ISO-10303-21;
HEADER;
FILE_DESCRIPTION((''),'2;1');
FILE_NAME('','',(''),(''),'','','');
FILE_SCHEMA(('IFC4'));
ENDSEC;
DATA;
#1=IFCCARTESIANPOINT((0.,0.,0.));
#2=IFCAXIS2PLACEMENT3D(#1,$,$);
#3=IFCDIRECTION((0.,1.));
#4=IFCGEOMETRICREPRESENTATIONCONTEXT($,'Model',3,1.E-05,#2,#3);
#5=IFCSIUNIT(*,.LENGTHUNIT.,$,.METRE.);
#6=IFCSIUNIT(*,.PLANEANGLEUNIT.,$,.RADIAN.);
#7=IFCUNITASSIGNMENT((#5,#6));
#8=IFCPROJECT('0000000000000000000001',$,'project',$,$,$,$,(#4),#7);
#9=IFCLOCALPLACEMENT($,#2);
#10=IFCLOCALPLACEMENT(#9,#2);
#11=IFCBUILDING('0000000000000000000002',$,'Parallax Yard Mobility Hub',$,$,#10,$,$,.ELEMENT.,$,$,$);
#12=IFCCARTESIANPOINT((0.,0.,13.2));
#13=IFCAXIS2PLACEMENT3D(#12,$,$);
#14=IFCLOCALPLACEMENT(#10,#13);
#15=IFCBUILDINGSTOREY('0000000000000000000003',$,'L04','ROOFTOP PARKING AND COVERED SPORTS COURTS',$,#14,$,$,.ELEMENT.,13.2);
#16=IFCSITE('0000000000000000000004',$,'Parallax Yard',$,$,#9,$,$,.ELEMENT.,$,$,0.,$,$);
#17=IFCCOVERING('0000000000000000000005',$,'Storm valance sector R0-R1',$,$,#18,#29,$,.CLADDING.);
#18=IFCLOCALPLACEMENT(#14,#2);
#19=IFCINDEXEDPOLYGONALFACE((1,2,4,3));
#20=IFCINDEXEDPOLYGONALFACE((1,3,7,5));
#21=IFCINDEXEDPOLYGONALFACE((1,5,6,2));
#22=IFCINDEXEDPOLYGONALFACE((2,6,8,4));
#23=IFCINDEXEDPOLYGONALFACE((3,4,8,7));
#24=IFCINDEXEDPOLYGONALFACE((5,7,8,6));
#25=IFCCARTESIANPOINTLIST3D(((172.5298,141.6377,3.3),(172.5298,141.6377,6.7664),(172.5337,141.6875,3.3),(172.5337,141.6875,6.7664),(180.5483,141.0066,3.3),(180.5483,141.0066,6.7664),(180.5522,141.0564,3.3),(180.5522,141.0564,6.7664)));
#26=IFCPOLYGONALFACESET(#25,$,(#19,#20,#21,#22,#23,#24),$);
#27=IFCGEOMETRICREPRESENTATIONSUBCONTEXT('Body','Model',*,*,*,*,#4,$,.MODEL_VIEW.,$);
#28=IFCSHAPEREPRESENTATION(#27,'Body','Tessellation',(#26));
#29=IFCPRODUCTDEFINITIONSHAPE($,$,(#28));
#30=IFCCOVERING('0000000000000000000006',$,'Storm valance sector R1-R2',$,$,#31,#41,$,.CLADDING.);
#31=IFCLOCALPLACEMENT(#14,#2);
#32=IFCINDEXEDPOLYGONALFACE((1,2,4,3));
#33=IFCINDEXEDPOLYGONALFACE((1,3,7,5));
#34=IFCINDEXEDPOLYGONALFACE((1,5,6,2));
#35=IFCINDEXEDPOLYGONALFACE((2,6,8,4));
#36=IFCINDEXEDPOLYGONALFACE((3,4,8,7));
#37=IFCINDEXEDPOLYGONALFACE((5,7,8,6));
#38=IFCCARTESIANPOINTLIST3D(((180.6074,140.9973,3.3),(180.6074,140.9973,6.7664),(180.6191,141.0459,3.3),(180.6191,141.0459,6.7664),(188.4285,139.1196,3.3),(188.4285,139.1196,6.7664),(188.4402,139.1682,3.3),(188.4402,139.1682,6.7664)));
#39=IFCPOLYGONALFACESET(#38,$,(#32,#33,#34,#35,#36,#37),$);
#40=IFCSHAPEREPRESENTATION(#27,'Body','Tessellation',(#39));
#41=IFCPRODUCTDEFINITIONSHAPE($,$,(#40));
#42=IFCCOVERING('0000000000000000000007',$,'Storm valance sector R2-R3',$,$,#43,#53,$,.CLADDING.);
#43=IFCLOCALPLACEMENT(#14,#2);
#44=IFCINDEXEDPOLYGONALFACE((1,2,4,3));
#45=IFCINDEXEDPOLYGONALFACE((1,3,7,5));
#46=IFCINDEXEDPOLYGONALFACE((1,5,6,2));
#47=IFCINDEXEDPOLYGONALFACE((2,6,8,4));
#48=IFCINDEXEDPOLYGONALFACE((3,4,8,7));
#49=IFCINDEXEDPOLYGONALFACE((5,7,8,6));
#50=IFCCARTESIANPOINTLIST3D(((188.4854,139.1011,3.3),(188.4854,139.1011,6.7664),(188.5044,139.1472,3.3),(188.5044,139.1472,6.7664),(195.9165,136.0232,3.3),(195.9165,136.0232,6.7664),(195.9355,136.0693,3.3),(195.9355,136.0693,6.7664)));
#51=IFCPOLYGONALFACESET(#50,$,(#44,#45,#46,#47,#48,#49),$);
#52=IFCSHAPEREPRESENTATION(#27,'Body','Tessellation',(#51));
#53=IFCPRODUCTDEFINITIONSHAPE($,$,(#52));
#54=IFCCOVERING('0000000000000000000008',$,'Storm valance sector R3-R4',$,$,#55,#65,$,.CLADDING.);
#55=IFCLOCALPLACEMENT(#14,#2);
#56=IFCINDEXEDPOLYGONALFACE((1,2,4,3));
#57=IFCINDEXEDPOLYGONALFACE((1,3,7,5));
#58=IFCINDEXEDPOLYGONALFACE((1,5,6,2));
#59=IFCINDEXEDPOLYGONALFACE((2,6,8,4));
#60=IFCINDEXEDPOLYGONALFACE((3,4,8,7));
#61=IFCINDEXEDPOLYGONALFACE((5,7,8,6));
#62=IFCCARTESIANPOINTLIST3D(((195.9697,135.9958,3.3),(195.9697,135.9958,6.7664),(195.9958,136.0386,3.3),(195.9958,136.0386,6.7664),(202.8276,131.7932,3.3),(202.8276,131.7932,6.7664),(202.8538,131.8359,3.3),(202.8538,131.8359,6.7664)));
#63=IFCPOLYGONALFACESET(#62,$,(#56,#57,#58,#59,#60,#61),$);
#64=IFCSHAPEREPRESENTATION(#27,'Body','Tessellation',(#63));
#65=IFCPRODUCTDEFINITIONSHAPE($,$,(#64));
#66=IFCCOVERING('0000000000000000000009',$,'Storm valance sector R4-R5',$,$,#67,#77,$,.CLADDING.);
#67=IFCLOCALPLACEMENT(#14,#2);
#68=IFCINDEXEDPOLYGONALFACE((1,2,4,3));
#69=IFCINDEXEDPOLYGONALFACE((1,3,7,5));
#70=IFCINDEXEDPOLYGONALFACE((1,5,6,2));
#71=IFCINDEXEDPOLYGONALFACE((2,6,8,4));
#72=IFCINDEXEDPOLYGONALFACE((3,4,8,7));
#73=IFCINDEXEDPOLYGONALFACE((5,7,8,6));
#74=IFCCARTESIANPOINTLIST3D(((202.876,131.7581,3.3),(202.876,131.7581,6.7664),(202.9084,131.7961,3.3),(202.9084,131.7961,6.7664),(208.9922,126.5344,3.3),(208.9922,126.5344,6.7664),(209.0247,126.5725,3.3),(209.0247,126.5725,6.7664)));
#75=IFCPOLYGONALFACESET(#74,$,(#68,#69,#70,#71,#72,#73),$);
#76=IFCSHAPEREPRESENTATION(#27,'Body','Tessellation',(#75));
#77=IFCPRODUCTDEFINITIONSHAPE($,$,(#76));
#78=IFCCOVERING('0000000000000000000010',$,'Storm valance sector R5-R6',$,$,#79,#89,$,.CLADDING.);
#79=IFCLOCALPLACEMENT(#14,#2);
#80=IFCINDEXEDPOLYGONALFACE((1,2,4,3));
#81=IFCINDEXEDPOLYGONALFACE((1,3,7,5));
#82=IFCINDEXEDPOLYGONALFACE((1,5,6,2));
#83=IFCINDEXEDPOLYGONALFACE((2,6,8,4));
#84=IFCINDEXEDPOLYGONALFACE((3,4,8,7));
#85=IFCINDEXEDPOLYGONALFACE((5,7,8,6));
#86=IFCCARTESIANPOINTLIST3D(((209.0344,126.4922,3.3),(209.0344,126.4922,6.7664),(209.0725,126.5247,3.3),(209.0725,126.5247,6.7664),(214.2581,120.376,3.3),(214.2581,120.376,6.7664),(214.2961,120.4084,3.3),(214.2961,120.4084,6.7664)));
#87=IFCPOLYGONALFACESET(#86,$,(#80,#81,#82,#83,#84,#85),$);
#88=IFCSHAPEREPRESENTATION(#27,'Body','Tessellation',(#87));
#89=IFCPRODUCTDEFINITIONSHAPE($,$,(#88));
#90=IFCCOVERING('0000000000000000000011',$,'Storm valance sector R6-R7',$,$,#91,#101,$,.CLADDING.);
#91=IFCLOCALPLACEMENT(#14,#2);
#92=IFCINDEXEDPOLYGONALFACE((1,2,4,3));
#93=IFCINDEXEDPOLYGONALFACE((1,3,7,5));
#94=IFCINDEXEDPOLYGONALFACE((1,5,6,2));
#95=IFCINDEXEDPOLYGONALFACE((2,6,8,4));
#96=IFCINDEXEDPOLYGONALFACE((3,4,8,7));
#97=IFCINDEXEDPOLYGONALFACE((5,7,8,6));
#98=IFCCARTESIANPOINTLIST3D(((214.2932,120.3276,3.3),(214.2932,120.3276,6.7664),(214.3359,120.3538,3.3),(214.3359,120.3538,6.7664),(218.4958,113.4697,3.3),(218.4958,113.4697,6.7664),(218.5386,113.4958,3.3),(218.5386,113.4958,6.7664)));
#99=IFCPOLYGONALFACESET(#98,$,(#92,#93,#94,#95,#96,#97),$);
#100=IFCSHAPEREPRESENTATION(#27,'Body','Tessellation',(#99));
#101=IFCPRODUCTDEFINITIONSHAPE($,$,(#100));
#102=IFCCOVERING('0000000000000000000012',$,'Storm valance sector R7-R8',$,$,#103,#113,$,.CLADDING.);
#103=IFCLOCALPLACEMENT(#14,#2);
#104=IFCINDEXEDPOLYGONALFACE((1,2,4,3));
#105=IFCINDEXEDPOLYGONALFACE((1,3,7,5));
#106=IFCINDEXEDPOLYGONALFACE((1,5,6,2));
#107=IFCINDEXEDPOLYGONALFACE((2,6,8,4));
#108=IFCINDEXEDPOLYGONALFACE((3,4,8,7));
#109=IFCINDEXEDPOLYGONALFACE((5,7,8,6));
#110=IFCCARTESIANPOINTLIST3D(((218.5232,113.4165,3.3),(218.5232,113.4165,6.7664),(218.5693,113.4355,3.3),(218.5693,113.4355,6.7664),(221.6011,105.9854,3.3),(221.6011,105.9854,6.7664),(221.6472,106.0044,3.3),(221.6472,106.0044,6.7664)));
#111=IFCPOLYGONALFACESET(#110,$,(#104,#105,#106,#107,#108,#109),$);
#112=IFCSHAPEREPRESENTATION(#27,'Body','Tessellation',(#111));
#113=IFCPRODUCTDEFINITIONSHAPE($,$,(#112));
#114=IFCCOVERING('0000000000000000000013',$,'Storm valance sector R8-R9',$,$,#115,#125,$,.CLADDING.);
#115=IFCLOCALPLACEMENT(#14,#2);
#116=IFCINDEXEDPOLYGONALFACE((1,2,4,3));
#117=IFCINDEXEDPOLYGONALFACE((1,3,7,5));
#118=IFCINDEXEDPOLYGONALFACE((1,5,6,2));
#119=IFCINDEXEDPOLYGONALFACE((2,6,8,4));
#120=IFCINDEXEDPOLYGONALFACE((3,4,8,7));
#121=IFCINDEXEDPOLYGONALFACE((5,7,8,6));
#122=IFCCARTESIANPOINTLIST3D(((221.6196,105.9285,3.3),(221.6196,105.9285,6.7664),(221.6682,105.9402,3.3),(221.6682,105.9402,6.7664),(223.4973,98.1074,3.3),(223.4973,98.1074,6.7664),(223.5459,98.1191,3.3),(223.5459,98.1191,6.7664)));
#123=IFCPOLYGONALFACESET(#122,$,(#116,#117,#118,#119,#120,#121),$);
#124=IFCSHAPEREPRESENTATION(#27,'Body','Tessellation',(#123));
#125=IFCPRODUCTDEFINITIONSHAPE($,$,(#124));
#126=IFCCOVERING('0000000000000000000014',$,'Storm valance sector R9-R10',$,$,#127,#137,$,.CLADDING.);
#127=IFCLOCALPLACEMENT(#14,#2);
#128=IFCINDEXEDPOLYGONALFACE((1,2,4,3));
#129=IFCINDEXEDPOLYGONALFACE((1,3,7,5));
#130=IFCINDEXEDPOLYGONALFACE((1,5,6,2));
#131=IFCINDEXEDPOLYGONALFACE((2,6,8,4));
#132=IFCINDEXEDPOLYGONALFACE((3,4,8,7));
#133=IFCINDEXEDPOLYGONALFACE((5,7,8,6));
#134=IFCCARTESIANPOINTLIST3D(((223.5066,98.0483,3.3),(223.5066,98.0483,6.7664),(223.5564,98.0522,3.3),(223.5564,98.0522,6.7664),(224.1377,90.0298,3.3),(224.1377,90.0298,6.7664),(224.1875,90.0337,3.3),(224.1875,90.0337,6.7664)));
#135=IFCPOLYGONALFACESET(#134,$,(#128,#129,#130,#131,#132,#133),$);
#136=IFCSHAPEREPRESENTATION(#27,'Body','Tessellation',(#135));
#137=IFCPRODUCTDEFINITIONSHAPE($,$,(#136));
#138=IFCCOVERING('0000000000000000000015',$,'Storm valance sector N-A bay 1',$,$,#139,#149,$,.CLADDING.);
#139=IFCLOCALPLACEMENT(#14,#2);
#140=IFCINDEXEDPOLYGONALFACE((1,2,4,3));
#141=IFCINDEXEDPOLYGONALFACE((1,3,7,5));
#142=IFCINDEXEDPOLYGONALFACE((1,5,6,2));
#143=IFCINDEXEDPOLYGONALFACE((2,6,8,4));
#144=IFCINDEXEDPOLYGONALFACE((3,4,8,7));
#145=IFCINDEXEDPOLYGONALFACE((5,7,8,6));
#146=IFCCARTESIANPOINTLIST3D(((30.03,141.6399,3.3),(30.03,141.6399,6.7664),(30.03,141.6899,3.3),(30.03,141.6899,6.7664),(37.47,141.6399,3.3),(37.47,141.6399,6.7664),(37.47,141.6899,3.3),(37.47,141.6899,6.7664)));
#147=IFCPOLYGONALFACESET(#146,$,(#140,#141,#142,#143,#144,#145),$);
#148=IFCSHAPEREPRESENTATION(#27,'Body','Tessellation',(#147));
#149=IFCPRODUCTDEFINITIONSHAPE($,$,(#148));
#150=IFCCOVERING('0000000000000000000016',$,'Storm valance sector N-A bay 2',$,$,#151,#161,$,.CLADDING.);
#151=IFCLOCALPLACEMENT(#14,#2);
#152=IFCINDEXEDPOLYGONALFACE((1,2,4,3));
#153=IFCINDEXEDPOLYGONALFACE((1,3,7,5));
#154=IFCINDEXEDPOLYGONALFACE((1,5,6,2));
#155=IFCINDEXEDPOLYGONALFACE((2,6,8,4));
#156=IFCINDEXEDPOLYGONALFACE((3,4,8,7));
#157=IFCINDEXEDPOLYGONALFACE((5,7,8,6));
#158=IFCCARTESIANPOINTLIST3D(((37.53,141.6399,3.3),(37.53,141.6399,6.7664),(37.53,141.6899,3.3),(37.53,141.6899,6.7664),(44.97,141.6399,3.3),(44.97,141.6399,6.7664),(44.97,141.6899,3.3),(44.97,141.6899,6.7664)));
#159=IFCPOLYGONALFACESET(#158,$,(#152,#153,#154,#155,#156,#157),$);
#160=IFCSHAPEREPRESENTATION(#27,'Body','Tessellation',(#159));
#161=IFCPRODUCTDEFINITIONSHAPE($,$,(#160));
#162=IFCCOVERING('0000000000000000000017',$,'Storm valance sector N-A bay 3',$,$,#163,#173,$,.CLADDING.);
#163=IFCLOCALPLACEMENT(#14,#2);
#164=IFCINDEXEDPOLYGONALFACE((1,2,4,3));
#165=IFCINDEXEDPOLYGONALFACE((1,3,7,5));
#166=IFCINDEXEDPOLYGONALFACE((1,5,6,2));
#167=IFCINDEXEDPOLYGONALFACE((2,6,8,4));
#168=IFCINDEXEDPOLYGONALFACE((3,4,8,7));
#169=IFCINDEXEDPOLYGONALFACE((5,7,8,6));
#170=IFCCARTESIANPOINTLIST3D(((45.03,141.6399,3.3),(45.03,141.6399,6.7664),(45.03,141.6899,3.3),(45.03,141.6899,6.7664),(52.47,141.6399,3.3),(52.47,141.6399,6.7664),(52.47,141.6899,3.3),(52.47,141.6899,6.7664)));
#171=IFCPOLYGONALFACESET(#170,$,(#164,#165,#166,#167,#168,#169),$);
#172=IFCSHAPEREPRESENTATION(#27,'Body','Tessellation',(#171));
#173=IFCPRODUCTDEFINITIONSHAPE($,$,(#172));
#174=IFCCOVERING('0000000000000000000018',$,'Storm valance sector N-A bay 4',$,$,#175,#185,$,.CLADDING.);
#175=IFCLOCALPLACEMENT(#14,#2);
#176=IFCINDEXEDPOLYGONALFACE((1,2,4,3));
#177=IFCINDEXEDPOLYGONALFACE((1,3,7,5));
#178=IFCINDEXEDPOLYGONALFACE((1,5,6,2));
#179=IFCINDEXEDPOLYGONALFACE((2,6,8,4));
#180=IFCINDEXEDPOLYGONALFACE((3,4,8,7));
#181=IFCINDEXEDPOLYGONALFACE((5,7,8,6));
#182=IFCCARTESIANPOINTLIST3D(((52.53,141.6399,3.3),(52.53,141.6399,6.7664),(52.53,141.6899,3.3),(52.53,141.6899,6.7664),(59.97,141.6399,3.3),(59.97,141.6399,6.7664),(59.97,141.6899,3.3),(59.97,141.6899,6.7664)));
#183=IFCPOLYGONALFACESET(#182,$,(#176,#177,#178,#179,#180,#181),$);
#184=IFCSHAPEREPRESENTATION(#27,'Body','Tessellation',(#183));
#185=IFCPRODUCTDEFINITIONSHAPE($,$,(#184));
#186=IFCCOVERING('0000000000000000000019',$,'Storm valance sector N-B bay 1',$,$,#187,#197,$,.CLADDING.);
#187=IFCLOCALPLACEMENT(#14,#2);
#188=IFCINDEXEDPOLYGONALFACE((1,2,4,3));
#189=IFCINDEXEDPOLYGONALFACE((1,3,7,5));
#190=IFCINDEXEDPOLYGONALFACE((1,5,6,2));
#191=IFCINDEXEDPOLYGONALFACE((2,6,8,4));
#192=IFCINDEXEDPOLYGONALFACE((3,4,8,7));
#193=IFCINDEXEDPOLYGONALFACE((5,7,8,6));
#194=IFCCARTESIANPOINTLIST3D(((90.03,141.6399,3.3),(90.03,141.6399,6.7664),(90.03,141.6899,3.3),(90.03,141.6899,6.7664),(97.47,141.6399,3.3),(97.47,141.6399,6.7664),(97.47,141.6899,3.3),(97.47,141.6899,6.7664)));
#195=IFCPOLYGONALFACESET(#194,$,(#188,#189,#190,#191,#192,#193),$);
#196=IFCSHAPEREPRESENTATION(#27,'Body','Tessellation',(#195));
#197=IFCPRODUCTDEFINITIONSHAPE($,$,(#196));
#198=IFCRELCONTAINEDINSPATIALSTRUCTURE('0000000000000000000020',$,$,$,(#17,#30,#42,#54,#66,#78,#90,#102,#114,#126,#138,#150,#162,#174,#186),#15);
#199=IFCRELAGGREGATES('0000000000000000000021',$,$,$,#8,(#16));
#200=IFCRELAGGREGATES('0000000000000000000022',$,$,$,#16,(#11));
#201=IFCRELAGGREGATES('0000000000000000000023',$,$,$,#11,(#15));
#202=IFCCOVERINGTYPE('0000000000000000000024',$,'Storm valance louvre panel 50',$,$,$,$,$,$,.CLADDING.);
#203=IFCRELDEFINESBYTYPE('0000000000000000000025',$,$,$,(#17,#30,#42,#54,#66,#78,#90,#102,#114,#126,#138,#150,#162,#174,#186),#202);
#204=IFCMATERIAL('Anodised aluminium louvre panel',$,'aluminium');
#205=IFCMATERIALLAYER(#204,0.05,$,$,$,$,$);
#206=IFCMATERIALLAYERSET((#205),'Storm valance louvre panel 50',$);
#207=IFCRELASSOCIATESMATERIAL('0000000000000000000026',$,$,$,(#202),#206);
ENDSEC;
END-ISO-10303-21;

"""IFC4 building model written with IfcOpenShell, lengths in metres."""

from ifc_helpers import new_model, si_unit, direction, frame, origin, place, context, subcontext, project, spatial, polyline, outline, extrude, material, layer, layer_set, type_object, element, save


model = new_model("IFC4")

# Units and contexts
model_context = context("Model", 3, precision=1e-05, world=origin(), true_north=direction((0.0, 1.0)))
body_context = subcontext(model_context, "Body", "Model", "MODEL_VIEW")
ifc_project = project(units=[si_unit("LENGTHUNIT", "METRE"), si_unit("PLANEANGLEUNIT", "RADIAN")], contexts=[model_context])

# Site, building, storey
site_placement = place(None, origin())
site = spatial("IfcSite", under=ifc_project, at=site_placement, Name="Parallax Yard", CompositionType="ELEMENT", RefElevation=0.0)
building_placement = place(site_placement, origin())
building = spatial("IfcBuilding", under=site, at=building_placement, Name="Parallax Yard Mobility Hub", CompositionType="ELEMENT")
storey_placement = place(building_placement, frame((0.0, 0.0, 13.2)))
storey = spatial("IfcBuildingStorey", under=building, at=storey_placement, Name="L04", Description="ROOFTOP PARKING AND COVERED SPORTS COURTS", CompositionType="ELEMENT", Elevation=13.2)

# Coverings
ifc_material_1 = material(Name="Anodised aluminium louvre panel", Category="aluminium")
ifc_layer_1 = layer(ifc_material_1, 0.05)
ifc_layer_set_1 = layer_set([ifc_layer_1], Name="Storm valance louvre panel 50")
covering_type = type_object("IfcCoveringType", Name="Storm valance louvre panel 50", PredefinedType="CLADDING", material=ifc_layer_set_1)
covering_1_placement = place(storey_placement, frame((0.0, 0.0, 3.3)))
element("IfcCovering", 1, at=covering_1_placement, inside=storey, type_object=covering_type, Name="Storm valance sector R0-R1", PredefinedType="CLADDING", context=body_context, shape_type="SweptSolid", body=[
    extrude(outline(polyline([(172.5298, 141.6377), (180.5483, 141.0066), (180.5522, 141.0564), (172.5337, 141.6875), (172.5298, 141.6377)])), origin(), (0.0, 0.0, 1.0), 3.4663),
])
covering_2_placement = place(storey_placement, frame((0.0, 0.0, 3.3)))
element("IfcCovering", 2, at=covering_2_placement, inside=storey, type_object=covering_type, Name="Storm valance sector R1-R2", PredefinedType="CLADDING", context=body_context, shape_type="SweptSolid", body=[
    extrude(outline(polyline([(180.6074, 140.9973), (188.4285, 139.1196), (188.4402, 139.1682), (180.6191, 141.0459), (180.6074, 140.9973)])), origin(), (0.0, 0.0, 1.0), 3.4663),
])
covering_3_placement = place(storey_placement, frame((0.0, 0.0, 3.3)))
element("IfcCovering", 3, at=covering_3_placement, inside=storey, type_object=covering_type, Name="Storm valance sector R2-R3", PredefinedType="CLADDING", context=body_context, shape_type="SweptSolid", body=[
    extrude(outline(polyline([(188.4854, 139.1011), (195.9165, 136.0232), (195.9355, 136.0693), (188.5044, 139.1472), (188.4854, 139.1011)])), origin(), (0.0, 0.0, 1.0), 3.4663),
])
covering_4_placement = place(storey_placement, frame((0.0, 0.0, 3.3)))
element("IfcCovering", 4, at=covering_4_placement, inside=storey, type_object=covering_type, Name="Storm valance sector R3-R4", PredefinedType="CLADDING", context=body_context, shape_type="SweptSolid", body=[
    extrude(outline(polyline([(195.9697, 135.9958), (202.8276, 131.7932), (202.8538, 131.8359), (195.9958, 136.0386), (195.9697, 135.9958)])), origin(), (0.0, 0.0, 1.0), 3.4663),
])
covering_5_placement = place(storey_placement, frame((0.0, 0.0, 3.3)))
element("IfcCovering", 5, at=covering_5_placement, inside=storey, type_object=covering_type, Name="Storm valance sector R4-R5", PredefinedType="CLADDING", context=body_context, shape_type="SweptSolid", body=[
    extrude(outline(polyline([(202.876, 131.7581), (208.9922, 126.5344), (209.0247, 126.5725), (202.9084, 131.7961), (202.876, 131.7581)])), origin(), (0.0, 0.0, 1.0), 3.4663),
])
covering_6_placement = place(storey_placement, frame((0.0, 0.0, 3.3)))
element("IfcCovering", 6, at=covering_6_placement, inside=storey, type_object=covering_type, Name="Storm valance sector R5-R6", PredefinedType="CLADDING", context=body_context, shape_type="SweptSolid", body=[
    extrude(outline(polyline([(209.0344, 126.4922), (214.2581, 120.376), (214.2961, 120.4084), (209.0725, 126.5247), (209.0344, 126.4922)])), origin(), (0.0, 0.0, 1.0), 3.4663),
])
covering_7_placement = place(storey_placement, frame((0.0, 0.0, 3.3)))
element("IfcCovering", 7, at=covering_7_placement, inside=storey, type_object=covering_type, Name="Storm valance sector R6-R7", PredefinedType="CLADDING", context=body_context, shape_type="SweptSolid", body=[
    extrude(outline(polyline([(214.2932, 120.3276), (218.4958, 113.4697), (218.5386, 113.4958), (214.3359, 120.3538), (214.2932, 120.3276)])), origin(), (0.0, 0.0, 1.0), 3.4663),
])
covering_8_placement = place(storey_placement, frame((0.0, 0.0, 3.3)))
element("IfcCovering", 8, at=covering_8_placement, inside=storey, type_object=covering_type, Name="Storm valance sector R7-R8", PredefinedType="CLADDING", context=body_context, shape_type="SweptSolid", body=[
    extrude(outline(polyline([(218.5232, 113.4165), (221.6011, 105.9854), (221.6472, 106.0044), (218.5693, 113.4355), (218.5232, 113.4165)])), origin(), (0.0, 0.0, 1.0), 3.4663),
])
covering_9_placement = place(storey_placement, frame((0.0, 0.0, 3.3)))
element("IfcCovering", 9, at=covering_9_placement, inside=storey, type_object=covering_type, Name="Storm valance sector R8-R9", PredefinedType="CLADDING", context=body_context, shape_type="SweptSolid", body=[
    extrude(outline(polyline([(221.6196, 105.9285), (223.4973, 98.1074), (223.5459, 98.1191), (221.6682, 105.9402), (221.6196, 105.9285)])), origin(), (0.0, 0.0, 1.0), 3.4663),
])
covering_10_placement = place(storey_placement, frame((0.0, 0.0, 3.3)))
element("IfcCovering", 10, at=covering_10_placement, inside=storey, type_object=covering_type, Name="Storm valance sector R9-R10", PredefinedType="CLADDING", context=body_context, shape_type="SweptSolid", body=[
    extrude(outline(polyline([(223.5066, 98.0483), (224.1377, 90.0298), (224.1875, 90.0337), (223.5564, 98.0522), (223.5066, 98.0483)])), origin(), (0.0, 0.0, 1.0), 3.4663),
])
covering_11_placement = place(storey_placement, frame((0.0, 0.0, 3.3)))
element("IfcCovering", 11, at=covering_11_placement, inside=storey, type_object=covering_type, Name="Storm valance sector N-A bay 1", PredefinedType="CLADDING", context=body_context, shape_type="SweptSolid", body=[
    extrude(outline(polyline([(30.03, 141.6399), (37.47, 141.6399), (37.47, 141.6899), (30.03, 141.6899), (30.03, 141.6399)])), origin(), (0.0, 0.0, 1.0), 3.4663),
])
covering_12_placement = place(storey_placement, frame((0.0, 0.0, 3.3)))
element("IfcCovering", 12, at=covering_12_placement, inside=storey, type_object=covering_type, Name="Storm valance sector N-A bay 2", PredefinedType="CLADDING", context=body_context, shape_type="SweptSolid", body=[
    extrude(outline(polyline([(37.53, 141.6399), (44.97, 141.6399), (44.97, 141.6899), (37.53, 141.6899), (37.53, 141.6399)])), origin(), (0.0, 0.0, 1.0), 3.4663),
])
covering_13_placement = place(storey_placement, frame((0.0, 0.0, 3.3)))
element("IfcCovering", 13, at=covering_13_placement, inside=storey, type_object=covering_type, Name="Storm valance sector N-A bay 3", PredefinedType="CLADDING", context=body_context, shape_type="SweptSolid", body=[
    extrude(outline(polyline([(45.03, 141.6399), (52.47, 141.6399), (52.47, 141.6899), (45.03, 141.6899), (45.03, 141.6399)])), origin(), (0.0, 0.0, 1.0), 3.4663),
])
covering_14_placement = place(storey_placement, frame((0.0, 0.0, 3.3)))
element("IfcCovering", 14, at=covering_14_placement, inside=storey, type_object=covering_type, Name="Storm valance sector N-A bay 4", PredefinedType="CLADDING", context=body_context, shape_type="SweptSolid", body=[
    extrude(outline(polyline([(52.53, 141.6399), (59.97, 141.6399), (59.97, 141.6899), (52.53, 141.6899), (52.53, 141.6399)])), origin(), (0.0, 0.0, 1.0), 3.4663),
])
covering_15_placement = place(storey_placement, frame((0.0, 0.0, 3.3)))
element("IfcCovering", 15, at=covering_15_placement, inside=storey, type_object=covering_type, Name="Storm valance sector N-B bay 1", PredefinedType="CLADDING", context=body_context, shape_type="SweptSolid", body=[
    extrude(outline(polyline([(90.03, 141.6399), (97.47, 141.6399), (97.47, 141.6899), (90.03, 141.6899), (90.03, 141.6399)])), origin(), (0.0, 0.0, 1.0), 3.4663),
])

save(model, "model.ifc")
